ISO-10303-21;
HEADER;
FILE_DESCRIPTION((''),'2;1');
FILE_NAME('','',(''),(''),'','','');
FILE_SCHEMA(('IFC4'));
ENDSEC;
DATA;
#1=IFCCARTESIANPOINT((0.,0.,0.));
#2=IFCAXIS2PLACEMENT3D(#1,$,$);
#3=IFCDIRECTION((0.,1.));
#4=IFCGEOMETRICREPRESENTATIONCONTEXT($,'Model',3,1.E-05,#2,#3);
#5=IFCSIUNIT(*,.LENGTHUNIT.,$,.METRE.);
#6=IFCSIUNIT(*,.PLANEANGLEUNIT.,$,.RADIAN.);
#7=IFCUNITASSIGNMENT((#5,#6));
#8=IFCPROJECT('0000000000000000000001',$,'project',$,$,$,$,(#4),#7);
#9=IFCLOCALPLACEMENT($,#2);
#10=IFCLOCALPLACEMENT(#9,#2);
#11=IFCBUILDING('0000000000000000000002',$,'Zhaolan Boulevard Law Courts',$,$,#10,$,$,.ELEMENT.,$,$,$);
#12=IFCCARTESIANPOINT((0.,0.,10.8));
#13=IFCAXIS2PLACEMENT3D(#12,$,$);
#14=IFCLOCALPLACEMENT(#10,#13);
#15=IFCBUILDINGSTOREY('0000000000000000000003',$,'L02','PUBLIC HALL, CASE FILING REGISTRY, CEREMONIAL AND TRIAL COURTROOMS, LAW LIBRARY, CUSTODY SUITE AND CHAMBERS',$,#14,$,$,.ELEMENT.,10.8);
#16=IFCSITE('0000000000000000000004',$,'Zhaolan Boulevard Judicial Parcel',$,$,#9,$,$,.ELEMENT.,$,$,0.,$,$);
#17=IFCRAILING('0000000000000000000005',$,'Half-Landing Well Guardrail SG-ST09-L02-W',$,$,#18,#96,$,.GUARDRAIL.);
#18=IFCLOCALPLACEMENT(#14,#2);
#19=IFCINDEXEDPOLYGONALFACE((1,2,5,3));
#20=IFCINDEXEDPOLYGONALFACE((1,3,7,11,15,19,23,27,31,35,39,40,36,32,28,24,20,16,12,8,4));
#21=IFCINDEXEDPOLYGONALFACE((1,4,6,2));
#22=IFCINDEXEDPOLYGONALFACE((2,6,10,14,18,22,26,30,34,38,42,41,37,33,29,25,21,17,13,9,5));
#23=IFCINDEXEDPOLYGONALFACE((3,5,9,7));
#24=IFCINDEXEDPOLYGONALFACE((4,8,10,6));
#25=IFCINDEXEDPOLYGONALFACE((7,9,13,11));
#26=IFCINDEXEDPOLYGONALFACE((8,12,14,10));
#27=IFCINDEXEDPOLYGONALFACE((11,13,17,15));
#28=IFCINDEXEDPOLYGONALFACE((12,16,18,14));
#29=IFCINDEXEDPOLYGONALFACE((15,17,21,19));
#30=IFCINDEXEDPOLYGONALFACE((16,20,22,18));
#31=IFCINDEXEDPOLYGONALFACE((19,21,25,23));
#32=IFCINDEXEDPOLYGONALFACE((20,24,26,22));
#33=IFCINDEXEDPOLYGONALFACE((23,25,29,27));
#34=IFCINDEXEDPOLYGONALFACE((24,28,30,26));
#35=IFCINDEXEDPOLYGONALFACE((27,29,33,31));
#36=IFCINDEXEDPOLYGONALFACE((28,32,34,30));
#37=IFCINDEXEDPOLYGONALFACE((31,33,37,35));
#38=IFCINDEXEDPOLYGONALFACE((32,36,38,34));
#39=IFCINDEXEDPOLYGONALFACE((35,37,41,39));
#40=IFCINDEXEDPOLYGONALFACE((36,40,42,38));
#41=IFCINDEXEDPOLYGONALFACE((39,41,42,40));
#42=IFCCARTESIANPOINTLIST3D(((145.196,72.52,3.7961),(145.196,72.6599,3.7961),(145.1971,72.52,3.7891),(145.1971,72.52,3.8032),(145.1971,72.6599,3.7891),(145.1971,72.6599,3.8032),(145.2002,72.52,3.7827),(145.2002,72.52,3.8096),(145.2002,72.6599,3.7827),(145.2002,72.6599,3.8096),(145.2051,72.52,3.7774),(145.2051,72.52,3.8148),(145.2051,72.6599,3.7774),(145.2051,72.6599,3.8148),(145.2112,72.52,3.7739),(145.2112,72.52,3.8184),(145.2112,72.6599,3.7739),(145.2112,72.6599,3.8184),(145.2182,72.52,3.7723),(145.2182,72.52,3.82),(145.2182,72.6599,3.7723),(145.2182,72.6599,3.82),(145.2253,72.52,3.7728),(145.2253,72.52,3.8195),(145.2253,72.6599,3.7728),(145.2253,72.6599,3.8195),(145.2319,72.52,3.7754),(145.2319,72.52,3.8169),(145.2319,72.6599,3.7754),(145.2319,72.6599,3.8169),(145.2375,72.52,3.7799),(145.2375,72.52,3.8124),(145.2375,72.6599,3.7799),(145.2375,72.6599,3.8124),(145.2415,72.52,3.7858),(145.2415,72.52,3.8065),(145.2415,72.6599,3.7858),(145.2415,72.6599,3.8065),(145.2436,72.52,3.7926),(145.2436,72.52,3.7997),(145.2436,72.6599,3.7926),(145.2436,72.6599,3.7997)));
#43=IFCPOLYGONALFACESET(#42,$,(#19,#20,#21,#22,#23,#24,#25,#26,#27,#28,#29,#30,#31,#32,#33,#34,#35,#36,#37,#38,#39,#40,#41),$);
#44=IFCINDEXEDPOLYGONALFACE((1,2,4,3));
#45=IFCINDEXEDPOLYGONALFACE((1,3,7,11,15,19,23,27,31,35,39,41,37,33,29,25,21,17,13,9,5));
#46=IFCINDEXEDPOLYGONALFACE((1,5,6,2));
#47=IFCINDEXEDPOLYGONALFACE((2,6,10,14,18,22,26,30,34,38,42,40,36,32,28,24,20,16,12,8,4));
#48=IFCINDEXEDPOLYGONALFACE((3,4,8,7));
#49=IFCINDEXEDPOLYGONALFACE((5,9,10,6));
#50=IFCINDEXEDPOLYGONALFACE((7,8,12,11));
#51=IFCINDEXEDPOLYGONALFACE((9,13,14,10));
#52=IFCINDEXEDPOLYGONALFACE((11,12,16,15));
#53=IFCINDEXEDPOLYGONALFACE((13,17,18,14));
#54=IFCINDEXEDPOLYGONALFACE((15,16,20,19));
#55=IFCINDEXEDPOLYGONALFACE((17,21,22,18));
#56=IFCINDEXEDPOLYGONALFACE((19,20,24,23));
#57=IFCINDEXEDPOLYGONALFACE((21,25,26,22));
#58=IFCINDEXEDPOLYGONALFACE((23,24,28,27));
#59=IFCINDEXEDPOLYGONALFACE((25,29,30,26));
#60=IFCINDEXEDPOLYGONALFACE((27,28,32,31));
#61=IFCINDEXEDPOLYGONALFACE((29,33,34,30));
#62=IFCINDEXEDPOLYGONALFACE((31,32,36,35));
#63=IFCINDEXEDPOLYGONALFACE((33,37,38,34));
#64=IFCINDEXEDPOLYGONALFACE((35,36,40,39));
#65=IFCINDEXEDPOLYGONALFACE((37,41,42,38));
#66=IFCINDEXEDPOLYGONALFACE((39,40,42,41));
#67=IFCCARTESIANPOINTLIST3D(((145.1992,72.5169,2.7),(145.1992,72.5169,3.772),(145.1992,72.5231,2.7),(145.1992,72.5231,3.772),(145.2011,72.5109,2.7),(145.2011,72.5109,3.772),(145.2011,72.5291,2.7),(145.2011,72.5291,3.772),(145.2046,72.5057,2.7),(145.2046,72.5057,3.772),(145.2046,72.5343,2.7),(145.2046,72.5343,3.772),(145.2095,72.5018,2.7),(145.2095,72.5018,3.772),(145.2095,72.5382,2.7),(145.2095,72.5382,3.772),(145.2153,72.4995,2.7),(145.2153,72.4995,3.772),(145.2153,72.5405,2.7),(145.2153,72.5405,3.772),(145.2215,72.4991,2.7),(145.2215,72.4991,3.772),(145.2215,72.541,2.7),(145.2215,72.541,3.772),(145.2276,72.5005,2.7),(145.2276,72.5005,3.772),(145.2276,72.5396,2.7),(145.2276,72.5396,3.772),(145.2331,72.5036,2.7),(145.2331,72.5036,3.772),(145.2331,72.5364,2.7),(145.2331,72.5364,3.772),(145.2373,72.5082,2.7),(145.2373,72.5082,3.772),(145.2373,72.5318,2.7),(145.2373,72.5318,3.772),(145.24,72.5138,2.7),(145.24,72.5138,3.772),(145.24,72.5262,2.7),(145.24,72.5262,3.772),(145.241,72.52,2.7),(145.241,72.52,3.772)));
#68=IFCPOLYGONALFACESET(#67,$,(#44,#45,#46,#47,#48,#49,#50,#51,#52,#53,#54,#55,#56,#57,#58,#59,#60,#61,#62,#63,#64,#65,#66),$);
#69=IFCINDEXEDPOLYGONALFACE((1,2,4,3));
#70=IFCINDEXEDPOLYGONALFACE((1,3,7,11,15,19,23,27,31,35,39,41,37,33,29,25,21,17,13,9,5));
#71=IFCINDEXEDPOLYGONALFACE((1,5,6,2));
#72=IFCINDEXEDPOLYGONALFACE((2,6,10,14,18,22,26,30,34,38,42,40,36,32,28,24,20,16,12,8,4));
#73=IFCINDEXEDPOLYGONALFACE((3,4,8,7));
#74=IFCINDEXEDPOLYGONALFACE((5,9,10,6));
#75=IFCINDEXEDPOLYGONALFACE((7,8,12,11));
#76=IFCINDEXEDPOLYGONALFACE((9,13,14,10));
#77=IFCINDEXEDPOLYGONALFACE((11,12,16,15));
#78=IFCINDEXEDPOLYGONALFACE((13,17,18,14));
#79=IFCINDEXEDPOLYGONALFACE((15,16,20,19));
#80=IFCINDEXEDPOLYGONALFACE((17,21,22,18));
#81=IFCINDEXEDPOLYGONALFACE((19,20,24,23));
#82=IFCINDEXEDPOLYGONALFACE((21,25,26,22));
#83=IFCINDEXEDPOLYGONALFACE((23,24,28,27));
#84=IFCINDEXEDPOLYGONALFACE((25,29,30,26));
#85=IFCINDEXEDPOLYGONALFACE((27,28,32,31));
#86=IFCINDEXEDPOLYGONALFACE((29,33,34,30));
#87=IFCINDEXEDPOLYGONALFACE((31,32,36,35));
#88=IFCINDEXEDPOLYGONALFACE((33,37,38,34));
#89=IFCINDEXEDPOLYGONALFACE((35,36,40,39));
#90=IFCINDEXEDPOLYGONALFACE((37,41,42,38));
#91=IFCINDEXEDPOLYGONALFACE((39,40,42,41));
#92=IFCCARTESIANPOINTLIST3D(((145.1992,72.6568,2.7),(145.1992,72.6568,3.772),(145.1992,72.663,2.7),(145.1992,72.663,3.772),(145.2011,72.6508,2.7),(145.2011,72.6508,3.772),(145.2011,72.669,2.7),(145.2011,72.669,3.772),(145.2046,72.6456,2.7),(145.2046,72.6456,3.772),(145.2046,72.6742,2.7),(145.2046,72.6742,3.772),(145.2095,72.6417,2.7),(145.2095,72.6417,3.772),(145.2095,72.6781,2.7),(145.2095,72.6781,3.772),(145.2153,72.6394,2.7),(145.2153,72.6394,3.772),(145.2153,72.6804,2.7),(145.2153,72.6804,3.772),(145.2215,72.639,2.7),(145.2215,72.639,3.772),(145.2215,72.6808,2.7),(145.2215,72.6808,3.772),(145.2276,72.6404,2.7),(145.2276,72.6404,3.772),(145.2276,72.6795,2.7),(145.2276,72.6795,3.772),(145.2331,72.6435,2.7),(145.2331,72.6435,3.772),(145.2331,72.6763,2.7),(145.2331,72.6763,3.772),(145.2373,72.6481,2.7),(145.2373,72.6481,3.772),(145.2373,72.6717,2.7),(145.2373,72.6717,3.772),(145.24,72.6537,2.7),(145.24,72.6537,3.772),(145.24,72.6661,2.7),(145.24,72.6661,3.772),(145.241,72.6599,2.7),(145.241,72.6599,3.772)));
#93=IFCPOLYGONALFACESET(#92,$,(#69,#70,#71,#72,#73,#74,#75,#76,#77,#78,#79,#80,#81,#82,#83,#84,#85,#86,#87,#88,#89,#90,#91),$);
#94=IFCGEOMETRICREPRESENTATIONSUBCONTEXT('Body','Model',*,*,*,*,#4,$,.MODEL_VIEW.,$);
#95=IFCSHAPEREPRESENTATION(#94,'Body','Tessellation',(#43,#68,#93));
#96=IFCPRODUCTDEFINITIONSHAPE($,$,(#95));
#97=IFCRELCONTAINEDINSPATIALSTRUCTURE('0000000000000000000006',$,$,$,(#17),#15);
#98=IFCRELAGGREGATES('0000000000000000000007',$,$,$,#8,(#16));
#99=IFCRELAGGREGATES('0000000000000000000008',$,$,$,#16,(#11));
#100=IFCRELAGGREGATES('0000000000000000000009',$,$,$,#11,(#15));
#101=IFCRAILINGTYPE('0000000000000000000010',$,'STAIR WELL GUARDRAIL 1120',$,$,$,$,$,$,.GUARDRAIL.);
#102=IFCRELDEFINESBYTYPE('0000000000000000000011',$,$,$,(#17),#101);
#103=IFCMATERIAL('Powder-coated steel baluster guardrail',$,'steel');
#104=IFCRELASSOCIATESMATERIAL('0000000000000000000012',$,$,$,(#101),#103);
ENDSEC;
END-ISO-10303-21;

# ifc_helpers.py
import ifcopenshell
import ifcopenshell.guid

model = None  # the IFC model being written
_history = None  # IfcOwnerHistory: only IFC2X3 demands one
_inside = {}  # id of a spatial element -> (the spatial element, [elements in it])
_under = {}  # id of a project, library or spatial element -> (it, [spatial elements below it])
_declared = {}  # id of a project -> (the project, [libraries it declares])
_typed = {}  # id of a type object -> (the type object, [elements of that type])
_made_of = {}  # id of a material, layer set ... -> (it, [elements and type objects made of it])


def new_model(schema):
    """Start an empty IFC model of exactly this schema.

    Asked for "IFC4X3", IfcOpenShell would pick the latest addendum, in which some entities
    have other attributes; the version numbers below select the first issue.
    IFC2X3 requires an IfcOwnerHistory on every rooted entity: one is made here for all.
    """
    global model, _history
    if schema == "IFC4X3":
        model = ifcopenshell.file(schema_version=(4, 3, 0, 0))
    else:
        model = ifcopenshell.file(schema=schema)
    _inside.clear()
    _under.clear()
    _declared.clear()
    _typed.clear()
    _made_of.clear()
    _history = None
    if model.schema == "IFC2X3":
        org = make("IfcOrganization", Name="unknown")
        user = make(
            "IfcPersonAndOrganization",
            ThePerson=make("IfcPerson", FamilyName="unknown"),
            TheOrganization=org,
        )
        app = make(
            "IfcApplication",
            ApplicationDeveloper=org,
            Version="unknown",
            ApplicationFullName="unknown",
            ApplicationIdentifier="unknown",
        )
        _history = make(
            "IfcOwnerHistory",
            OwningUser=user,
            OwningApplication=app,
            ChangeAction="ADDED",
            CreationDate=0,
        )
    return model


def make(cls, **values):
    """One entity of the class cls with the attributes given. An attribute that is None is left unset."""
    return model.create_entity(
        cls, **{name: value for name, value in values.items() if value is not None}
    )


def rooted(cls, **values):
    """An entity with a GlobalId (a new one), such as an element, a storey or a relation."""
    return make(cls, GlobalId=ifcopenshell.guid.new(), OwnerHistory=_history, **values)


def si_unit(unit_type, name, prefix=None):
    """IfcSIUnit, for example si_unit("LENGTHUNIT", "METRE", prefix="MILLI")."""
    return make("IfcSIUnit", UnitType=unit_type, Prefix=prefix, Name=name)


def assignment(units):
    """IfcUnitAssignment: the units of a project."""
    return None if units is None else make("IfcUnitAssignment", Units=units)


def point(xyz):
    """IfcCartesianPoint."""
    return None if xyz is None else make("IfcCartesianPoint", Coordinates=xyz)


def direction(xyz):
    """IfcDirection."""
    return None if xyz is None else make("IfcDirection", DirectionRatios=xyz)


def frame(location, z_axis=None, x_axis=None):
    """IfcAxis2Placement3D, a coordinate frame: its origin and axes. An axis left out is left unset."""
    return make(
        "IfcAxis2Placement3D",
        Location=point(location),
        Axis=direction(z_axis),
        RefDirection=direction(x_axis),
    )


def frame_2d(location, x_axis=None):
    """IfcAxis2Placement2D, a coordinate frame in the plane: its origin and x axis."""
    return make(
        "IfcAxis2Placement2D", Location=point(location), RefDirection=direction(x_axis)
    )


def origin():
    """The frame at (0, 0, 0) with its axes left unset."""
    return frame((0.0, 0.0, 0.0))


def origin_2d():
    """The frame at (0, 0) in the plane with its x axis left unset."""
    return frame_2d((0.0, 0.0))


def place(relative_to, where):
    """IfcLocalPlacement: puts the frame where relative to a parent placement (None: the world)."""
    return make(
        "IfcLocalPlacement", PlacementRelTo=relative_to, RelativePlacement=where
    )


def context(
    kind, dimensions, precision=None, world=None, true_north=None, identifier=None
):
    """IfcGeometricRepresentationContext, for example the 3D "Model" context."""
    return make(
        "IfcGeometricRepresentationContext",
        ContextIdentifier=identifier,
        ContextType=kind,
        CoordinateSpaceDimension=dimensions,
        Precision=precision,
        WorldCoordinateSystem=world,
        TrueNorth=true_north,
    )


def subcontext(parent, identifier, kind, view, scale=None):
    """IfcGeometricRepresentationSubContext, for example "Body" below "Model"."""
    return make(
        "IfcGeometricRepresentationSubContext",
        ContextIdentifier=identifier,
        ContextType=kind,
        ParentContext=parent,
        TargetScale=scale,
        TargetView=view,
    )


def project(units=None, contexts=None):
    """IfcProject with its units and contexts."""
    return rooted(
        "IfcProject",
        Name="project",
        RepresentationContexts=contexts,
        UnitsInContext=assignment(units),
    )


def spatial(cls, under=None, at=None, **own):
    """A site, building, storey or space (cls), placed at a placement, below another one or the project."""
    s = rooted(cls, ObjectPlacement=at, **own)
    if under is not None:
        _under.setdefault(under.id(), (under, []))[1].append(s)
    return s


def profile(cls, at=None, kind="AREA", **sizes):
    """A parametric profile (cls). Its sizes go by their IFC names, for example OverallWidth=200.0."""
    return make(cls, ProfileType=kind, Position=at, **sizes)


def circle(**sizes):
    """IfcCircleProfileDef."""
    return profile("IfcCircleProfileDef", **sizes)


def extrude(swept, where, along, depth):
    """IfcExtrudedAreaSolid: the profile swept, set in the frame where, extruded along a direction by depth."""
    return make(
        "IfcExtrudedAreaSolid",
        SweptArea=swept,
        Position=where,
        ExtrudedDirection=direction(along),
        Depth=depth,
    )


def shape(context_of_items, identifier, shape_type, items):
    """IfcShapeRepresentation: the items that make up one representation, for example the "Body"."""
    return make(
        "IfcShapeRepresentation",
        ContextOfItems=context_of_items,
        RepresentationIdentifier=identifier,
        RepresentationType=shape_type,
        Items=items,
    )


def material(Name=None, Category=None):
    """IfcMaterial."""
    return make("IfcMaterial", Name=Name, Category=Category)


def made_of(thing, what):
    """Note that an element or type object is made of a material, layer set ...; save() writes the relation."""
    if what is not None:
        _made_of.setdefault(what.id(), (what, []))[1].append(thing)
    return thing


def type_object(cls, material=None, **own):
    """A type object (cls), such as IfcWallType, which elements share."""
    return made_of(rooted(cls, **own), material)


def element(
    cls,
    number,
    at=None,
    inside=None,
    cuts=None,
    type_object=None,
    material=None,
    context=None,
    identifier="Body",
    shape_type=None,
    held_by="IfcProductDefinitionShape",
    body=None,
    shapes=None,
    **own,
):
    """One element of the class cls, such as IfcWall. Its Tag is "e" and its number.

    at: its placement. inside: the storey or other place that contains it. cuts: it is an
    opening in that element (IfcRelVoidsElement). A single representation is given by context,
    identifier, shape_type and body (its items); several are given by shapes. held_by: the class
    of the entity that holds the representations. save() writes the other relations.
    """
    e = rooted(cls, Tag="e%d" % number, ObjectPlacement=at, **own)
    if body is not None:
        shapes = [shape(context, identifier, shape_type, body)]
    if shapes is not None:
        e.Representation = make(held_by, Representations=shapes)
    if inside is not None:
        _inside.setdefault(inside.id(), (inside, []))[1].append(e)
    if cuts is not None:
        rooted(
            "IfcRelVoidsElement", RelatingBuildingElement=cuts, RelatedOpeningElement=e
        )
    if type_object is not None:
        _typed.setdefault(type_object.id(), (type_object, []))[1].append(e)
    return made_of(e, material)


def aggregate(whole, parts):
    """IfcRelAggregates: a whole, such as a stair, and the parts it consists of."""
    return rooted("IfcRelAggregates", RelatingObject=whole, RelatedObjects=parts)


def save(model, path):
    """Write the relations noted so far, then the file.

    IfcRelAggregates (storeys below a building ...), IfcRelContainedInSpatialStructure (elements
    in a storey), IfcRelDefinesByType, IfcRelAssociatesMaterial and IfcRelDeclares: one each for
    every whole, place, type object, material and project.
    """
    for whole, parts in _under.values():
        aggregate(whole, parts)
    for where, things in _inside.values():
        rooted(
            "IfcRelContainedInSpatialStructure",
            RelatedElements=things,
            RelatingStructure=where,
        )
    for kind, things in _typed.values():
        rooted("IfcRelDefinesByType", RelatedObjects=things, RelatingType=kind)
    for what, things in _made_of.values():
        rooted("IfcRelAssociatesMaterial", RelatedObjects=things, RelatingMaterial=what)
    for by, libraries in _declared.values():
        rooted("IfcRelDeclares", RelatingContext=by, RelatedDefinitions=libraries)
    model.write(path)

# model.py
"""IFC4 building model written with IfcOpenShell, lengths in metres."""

from ifc_helpers import new_model, si_unit, direction, frame, origin, origin_2d, place, context, subcontext, project, spatial, circle, extrude, material, type_object, element, save


model = new_model("IFC4")

# Units and contexts
model_context = context("Model", 3, precision=1e-05, world=origin(), true_north=direction((0.0, 1.0)))
body_context = subcontext(model_context, "Body", "Model", "MODEL_VIEW")
ifc_project = project(units=[si_unit("LENGTHUNIT", "METRE"), si_unit("PLANEANGLEUNIT", "RADIAN")], contexts=[model_context])

# Site, building, storey
site_placement = place(None, origin())
site = spatial("IfcSite", under=ifc_project, at=site_placement, Name="Zhaolan Boulevard Judicial Parcel", CompositionType="ELEMENT", RefElevation=0.0)
building_placement = place(site_placement, origin())
building = spatial("IfcBuilding", under=site, at=building_placement, Name="Zhaolan Boulevard Law Courts", CompositionType="ELEMENT")
storey_placement = place(building_placement, frame((0.0, 0.0, 10.8)))
storey = spatial("IfcBuildingStorey", under=building, at=storey_placement, Name="L02", Description="PUBLIC HALL, CASE FILING REGISTRY, CEREMONIAL AND TRIAL COURTROOMS, LAW LIBRARY, CUSTODY SUITE AND CHAMBERS", CompositionType="ELEMENT", Elevation=10.8)

# Railing
ifc_material_1 = material(Name="Powder-coated steel baluster guardrail", Category="steel")
railing_type_1 = type_object("IfcRailingType", Name="STAIR WELL GUARDRAIL 1120", PredefinedType="GUARDRAIL", material=ifc_material_1)
railing_1_placement = place(storey_placement, frame((145.22, 72.52, 2.7)))
element("IfcRailing", 1, at=railing_1_placement, inside=storey, type_object=railing_type_1, Name="Half-Landing Well Guardrail SG-ST09-L02-W", PredefinedType="GUARDRAIL", context=body_context, shape_type="SweptSolid", body=[
    extrude(circle(Radius=0.0239, at=origin_2d()), frame((0.0, 0.0, 1.0962), z_axis=(0.0, 1.0, 0.0), x_axis=(-1.0, 0.0, 0.0)), (0.0, 0.0, 1.0), 0.1399),
    extrude(circle(Radius=0.021, at=origin_2d()), origin(), (0.0, 0.0, 1.0), 1.072),
    extrude(circle(Radius=0.021, at=origin_2d()), frame((0.0, 0.1399, 0.0)), (0.0, 0.0, 1.0), 1.072),
])

save(model, "model.ifc")
